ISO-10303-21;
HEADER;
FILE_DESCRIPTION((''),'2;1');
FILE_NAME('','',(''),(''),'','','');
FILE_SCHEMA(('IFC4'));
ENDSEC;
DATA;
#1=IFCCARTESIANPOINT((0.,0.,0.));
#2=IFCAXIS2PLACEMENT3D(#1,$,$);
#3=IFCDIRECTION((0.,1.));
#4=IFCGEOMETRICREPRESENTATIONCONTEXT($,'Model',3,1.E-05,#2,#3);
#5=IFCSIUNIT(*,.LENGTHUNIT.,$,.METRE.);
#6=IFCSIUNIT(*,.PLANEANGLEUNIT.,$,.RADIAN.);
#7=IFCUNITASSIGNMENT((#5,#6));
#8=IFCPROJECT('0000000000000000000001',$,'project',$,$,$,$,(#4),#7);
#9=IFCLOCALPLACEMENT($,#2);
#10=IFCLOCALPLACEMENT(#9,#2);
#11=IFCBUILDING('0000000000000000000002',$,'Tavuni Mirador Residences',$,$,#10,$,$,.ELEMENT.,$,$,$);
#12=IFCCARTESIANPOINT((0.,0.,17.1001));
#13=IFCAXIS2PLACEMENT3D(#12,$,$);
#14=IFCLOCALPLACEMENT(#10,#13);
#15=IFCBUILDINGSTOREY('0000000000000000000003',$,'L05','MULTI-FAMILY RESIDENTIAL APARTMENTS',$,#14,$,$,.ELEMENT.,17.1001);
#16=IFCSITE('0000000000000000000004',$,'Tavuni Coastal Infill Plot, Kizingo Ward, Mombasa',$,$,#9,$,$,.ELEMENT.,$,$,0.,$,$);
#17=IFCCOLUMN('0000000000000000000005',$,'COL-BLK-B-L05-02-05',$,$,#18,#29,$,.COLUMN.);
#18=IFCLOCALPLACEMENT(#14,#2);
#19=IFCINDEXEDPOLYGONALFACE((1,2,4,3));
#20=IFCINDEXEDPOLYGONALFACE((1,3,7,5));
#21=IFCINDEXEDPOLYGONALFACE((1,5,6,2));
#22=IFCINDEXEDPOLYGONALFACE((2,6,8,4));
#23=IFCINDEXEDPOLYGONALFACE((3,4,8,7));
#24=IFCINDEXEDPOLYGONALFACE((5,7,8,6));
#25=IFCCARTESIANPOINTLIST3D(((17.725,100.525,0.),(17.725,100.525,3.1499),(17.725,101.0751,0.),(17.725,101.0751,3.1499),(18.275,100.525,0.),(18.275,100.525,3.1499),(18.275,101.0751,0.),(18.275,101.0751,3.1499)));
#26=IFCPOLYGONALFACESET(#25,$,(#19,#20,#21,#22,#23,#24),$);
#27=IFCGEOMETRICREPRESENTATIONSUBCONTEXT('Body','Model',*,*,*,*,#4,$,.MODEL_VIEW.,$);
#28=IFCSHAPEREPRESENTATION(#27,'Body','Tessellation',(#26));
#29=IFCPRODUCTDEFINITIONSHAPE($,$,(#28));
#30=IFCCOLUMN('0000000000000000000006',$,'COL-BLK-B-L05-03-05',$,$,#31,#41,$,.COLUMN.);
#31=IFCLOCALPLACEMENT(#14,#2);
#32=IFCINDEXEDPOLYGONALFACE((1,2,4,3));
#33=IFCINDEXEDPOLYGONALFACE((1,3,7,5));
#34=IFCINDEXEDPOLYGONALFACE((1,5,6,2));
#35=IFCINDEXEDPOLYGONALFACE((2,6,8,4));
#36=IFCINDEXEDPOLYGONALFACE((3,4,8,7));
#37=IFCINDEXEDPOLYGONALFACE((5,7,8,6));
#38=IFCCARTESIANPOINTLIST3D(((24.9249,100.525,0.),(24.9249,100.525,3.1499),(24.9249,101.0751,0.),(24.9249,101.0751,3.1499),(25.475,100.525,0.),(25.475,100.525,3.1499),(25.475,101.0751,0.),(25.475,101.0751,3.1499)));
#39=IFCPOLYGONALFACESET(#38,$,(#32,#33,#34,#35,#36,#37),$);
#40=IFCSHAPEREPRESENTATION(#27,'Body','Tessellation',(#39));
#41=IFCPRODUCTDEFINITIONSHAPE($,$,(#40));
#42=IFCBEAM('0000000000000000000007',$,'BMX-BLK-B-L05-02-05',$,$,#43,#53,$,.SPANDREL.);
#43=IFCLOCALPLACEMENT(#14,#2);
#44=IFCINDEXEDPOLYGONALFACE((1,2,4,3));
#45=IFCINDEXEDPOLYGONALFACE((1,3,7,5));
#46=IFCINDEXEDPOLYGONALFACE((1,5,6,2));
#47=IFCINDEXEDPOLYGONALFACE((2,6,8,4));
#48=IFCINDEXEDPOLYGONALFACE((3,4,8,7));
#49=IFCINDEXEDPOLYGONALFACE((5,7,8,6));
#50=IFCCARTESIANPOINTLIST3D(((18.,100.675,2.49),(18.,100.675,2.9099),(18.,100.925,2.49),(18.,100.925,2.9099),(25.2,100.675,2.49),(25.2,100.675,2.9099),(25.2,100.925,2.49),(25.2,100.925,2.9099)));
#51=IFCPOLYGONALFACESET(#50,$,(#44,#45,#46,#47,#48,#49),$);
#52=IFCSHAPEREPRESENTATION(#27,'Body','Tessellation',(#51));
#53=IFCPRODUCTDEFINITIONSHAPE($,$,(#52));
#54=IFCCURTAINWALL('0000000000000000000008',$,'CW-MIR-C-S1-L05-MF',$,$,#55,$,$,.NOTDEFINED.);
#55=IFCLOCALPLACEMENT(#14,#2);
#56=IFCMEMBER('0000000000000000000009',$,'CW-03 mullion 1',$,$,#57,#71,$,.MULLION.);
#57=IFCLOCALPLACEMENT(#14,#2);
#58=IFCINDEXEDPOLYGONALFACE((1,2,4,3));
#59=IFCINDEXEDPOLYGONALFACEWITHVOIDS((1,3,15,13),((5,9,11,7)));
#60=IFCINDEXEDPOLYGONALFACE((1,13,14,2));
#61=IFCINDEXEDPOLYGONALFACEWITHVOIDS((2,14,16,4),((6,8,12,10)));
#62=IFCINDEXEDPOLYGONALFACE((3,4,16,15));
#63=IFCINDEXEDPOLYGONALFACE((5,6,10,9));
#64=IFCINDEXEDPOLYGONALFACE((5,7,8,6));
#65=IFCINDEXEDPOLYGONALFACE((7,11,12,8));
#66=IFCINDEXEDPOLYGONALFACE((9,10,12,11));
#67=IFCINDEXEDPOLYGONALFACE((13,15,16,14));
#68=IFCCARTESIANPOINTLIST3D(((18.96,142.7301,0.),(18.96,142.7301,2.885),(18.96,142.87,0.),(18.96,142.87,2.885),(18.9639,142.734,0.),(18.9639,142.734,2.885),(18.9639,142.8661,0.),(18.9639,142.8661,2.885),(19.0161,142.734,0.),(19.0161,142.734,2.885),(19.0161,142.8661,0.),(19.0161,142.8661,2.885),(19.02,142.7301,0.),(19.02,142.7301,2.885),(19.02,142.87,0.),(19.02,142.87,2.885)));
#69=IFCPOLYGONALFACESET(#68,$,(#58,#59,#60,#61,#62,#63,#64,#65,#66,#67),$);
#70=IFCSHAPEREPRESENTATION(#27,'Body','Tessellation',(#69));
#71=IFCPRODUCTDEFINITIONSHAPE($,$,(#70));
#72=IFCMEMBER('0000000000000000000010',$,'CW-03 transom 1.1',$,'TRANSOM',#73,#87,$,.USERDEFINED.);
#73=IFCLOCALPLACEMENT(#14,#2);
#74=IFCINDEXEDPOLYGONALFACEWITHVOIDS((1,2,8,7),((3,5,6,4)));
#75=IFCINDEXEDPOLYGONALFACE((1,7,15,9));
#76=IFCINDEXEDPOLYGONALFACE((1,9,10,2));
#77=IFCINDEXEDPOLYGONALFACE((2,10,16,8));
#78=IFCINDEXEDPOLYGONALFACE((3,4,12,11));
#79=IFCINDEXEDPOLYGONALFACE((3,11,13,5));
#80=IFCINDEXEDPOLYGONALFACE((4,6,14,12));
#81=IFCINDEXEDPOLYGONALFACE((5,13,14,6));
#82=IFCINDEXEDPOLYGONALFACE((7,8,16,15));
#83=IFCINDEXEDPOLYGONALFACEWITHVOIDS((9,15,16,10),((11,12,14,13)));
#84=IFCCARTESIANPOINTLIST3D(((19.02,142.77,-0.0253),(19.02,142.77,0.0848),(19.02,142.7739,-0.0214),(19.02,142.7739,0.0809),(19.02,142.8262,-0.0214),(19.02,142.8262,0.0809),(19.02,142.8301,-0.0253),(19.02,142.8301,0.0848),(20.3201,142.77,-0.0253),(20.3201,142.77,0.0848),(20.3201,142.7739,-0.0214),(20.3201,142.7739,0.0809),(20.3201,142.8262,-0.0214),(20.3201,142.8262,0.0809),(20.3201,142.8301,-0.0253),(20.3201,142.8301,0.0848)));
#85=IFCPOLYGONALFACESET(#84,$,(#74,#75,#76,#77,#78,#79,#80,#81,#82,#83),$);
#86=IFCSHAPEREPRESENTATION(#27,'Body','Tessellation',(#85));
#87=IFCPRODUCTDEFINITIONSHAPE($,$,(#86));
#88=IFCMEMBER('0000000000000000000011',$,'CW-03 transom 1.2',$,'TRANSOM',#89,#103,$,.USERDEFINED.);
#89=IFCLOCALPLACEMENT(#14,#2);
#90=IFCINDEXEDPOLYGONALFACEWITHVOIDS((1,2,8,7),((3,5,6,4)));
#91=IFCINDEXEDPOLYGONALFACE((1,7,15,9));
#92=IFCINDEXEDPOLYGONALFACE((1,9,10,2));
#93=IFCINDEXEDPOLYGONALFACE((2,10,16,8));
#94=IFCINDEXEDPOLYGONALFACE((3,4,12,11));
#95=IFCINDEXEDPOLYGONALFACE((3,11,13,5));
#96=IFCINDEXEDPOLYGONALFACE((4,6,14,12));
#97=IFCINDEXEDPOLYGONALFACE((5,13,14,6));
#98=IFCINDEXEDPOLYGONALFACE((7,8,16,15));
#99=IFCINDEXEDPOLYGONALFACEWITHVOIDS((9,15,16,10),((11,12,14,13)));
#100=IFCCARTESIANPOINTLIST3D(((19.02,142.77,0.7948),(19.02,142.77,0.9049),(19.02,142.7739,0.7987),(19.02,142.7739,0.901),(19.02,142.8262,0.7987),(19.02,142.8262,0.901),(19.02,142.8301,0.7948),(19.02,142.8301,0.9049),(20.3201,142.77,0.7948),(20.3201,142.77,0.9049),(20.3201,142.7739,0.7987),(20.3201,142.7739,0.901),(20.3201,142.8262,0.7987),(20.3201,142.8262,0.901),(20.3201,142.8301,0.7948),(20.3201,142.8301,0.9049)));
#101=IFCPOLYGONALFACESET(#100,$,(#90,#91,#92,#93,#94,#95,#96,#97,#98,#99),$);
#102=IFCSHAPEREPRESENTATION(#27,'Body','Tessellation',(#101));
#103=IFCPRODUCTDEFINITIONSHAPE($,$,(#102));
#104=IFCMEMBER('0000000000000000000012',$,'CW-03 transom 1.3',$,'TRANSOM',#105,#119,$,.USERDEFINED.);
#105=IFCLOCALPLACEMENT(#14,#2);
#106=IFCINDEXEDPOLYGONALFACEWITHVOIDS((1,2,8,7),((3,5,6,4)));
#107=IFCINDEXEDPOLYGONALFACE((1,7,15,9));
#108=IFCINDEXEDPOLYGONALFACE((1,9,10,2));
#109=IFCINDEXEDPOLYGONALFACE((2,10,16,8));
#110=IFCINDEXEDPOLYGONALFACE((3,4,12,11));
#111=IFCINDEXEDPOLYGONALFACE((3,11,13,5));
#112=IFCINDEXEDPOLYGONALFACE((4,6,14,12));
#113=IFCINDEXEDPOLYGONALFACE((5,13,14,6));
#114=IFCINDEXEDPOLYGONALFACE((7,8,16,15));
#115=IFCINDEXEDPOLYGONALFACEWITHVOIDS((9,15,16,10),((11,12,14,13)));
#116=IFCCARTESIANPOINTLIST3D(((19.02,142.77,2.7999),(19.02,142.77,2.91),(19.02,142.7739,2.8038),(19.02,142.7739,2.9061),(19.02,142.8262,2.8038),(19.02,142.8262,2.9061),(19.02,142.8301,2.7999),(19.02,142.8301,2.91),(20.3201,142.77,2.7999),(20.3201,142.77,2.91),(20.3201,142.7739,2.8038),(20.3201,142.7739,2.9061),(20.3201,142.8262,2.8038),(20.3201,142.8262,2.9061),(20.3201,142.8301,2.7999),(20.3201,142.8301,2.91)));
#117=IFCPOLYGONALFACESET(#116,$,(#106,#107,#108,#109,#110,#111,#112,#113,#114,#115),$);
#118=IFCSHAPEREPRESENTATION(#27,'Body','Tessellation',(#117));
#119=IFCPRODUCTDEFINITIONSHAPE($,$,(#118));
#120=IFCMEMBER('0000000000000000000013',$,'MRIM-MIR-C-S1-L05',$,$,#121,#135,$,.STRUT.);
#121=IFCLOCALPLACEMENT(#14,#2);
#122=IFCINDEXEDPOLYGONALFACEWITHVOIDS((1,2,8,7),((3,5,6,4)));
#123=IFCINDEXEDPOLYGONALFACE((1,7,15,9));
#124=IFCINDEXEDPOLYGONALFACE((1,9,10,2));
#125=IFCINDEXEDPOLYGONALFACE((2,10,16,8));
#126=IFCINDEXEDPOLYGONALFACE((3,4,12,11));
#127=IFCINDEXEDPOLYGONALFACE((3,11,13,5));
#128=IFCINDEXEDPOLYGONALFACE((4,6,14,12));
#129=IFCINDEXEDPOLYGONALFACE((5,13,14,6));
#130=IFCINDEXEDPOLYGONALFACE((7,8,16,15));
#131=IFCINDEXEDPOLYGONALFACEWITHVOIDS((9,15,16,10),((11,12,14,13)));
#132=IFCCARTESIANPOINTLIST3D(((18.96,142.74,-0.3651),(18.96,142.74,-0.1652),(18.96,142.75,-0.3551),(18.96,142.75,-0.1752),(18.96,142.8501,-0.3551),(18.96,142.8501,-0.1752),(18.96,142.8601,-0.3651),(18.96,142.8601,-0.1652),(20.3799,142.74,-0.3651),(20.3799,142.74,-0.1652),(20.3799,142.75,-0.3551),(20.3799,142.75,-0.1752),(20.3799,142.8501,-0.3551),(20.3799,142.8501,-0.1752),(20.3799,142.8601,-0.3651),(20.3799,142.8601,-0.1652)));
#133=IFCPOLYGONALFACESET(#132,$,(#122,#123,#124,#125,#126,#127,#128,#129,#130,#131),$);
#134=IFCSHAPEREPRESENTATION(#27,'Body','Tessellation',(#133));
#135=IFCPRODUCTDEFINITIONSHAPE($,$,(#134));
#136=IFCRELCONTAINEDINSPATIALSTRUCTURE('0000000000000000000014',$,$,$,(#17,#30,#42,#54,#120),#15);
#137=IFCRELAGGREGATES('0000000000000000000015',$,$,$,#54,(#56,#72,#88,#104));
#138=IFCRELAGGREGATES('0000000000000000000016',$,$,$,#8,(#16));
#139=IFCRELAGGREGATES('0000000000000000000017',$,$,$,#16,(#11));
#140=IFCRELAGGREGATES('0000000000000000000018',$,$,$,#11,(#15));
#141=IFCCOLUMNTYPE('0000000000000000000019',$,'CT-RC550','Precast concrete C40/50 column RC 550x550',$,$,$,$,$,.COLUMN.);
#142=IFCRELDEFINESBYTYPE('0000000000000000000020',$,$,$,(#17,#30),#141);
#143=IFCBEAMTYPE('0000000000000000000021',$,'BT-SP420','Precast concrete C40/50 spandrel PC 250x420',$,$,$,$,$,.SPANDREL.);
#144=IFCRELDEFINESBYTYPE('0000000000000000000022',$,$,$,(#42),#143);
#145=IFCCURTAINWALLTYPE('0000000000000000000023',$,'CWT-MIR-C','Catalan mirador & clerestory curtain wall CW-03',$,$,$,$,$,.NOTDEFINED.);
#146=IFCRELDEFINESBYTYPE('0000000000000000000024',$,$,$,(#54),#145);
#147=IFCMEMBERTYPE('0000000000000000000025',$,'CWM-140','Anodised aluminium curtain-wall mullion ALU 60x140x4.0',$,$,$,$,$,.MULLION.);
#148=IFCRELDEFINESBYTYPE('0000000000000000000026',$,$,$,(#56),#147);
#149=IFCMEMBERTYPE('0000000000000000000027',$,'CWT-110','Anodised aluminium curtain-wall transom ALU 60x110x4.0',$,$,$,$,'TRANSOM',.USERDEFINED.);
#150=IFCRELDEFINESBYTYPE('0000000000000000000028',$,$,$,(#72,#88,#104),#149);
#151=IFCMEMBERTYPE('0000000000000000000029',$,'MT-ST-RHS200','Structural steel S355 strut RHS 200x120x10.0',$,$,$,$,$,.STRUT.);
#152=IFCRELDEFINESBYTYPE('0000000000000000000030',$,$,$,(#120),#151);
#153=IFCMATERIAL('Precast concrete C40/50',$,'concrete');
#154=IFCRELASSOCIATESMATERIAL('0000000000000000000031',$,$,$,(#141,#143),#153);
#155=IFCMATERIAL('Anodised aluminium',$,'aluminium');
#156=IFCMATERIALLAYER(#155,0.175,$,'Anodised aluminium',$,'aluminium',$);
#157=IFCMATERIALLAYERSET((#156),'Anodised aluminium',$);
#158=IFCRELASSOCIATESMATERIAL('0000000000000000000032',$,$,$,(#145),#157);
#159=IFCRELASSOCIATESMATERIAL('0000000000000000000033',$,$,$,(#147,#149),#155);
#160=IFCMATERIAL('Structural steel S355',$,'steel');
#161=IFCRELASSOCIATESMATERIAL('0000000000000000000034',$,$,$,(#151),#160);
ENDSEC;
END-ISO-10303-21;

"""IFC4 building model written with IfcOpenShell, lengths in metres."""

from ifc_helpers import new_model, si_unit, direction, frame, origin, origin_2d, place, context, subcontext, project, spatial, rectangle, hollow_rectangle, extrude, material, layer, layer_set, material_profile, profile_set, type_object, element, aggregate, save


model = new_model("IFC4")

# Units and contexts
model_context = context("Model", 3, precision=1e-05, world=origin(), true_north=direction((0.0, 1.0)))
body_context = subcontext(model_context, "Body", "Model", "MODEL_VIEW")
ifc_project = project(units=[si_unit("LENGTHUNIT", "METRE"), si_unit("PLANEANGLEUNIT", "RADIAN")], contexts=[model_context])

# Site, building, storey
site_placement = place(None, origin())
site = spatial("IfcSite", under=ifc_project, at=site_placement, Name="Tavuni Coastal Infill Plot, Kizingo Ward, Mombasa", CompositionType="ELEMENT", RefElevation=0.0)
building_placement = place(site_placement, origin())
building = spatial("IfcBuilding", under=site, at=building_placement, Name="Tavuni Mirador Residences", CompositionType="ELEMENT")
storey_placement = place(building_placement, frame((0.0, 0.0, 17.1001)))
storey = spatial("IfcBuildingStorey", under=building, at=storey_placement, Name="L05", Description="MULTI-FAMILY RESIDENTIAL APARTMENTS", CompositionType="ELEMENT", Elevation=17.1001)

# Columns
ifc_material_1 = material(Name="Precast concrete C40/50", Category="concrete")
ifc_material_profile_1 = material_profile(ifc_material_1, rectangle(XDim=0.55, YDim=0.55, at=origin_2d()), Name="RC 550x550", Category="concrete")
ifc_profile_set_1 = profile_set([ifc_material_profile_1], Name="Precast concrete C40/50")
column_type = type_object("IfcColumnType", Name="CT-RC550", Description="Precast concrete C40/50 column RC 550x550", PredefinedType="COLUMN", material=ifc_profile_set_1)
for number, where, z_axis, x_axis, name in (
    (1, (18.0, 100.8, 0.0), (0.0, 0.0, 1.0), (1.0, 0.0, 0.0), "COL-BLK-B-L05-02-05"),
    (2, (25.2, 100.8, 0.0), (0.0, 0.0, 1.0), (1.0, 0.0, 0.0), "COL-BLK-B-L05-03-05"),
):
    element("IfcColumn", number, at=place(storey_placement, frame(where, z_axis=z_axis, x_axis=x_axis)), inside=storey, type_object=column_type, Name=name, PredefinedType="COLUMN", context=body_context, shape_type="SweptSolid", body=[
        extrude(rectangle(XDim=0.55, YDim=0.55, at=origin_2d()), origin(), (0.0, 0.0, 1.0), 3.1499),
    ])

# Beam
ifc_material_profile_2 = material_profile(ifc_material_1, rectangle(XDim=0.25, YDim=0.4199, at=origin_2d()), Name="PC 250x420", Category="concrete")
ifc_profile_set_2 = profile_set([ifc_material_profile_2], Name="Precast concrete C40/50")
beam_type = type_object("IfcBeamType", Name="BT-SP420", Description="Precast concrete C40/50 spandrel PC 250x420", PredefinedType="SPANDREL", material=ifc_profile_set_2)
beam_placement = place(storey_placement, frame((18.0, 100.8, 2.7), z_axis=(1.0, 0.0, 0.0), x_axis=(0.0, 1.0, 0.0)))
element("IfcBeam", 3, at=beam_placement, inside=storey, type_object=beam_type, Name="BMX-BLK-B-L05-02-05", PredefinedType="SPANDREL", context=body_context, shape_type="SweptSolid", body=[
    extrude(rectangle(XDim=0.25, YDim=0.4199, at=origin_2d()), origin(), (0.0, 0.0, 1.0), 7.2),
])

# Curtain wall, members
ifc_material_2 = material(Name="Anodised aluminium", Category="aluminium")
ifc_layer_1 = layer(ifc_material_2, 0.175, Name="Anodised aluminium", Category="aluminium")
ifc_layer_set_1 = layer_set([ifc_layer_1], Name="Anodised aluminium")
curtain_wall_type = type_object("IfcCurtainWallType", Name="CWT-MIR-C", Description="Catalan mirador & clerestory curtain wall CW-03", PredefinedType="NOTDEFINED", material=ifc_layer_set_1)
curtain_wall_placement = place(storey_placement, origin())
curtain_wall = element("IfcCurtainWall", 4, at=curtain_wall_placement, inside=storey, type_object=curtain_wall_type, Name="CW-MIR-C-S1-L05-MF", PredefinedType="NOTDEFINED")
ifc_material_profile_3 = material_profile(ifc_material_2, hollow_rectangle(XDim=0.0601, YDim=0.1399, WallThickness=0.0039, at=origin_2d()), Name="ALU 60x140x4.0", Category="aluminium")
ifc_profile_set_3 = profile_set([ifc_material_profile_3], Name="Anodised aluminium")
member_type_1 = type_object("IfcMemberType", Name="CWM-140", Description="Anodised aluminium curtain-wall mullion ALU 60x140x4.0", PredefinedType="MULLION", material=ifc_profile_set_3)
member_1_placement = place(storey_placement, frame((18.99, 142.8, 0.0), z_axis=(0.0, 0.0, 1.0), x_axis=(1.0, 0.0, 0.0)))
member_1 = element("IfcMember", 5, at=member_1_placement, type_object=member_type_1, Name="CW-03 mullion 1", PredefinedType="MULLION", context=body_context, shape_type="SweptSolid", body=[
    extrude(hollow_rectangle(XDim=0.0601, YDim=0.1399, WallThickness=0.0039, at=origin_2d()), origin(), (0.0, 0.0, 1.0), 2.885),
])
ifc_material_profile_4 = material_profile(ifc_material_2, hollow_rectangle(XDim=0.0601, YDim=0.1101, WallThickness=0.0039, at=origin_2d()), Name="ALU 60x110x4.0", Category="aluminium")
ifc_profile_set_4 = profile_set([ifc_material_profile_4], Name="Anodised aluminium")
member_type_2 = type_object("IfcMemberType", Name="CWT-110", Description="Anodised aluminium curtain-wall transom ALU 60x110x4.0", ElementType="TRANSOM", PredefinedType="USERDEFINED", material=ifc_profile_set_4)
member_2_placement = place(storey_placement, frame((19.02, 142.8, 0.0298), z_axis=(1.0, 0.0, 0.0), x_axis=(0.0, 1.0, 0.0)))
member_2 = element("IfcMember", 6, at=member_2_placement, type_object=member_type_2, Name="CW-03 transom 1.1", ObjectType="TRANSOM", PredefinedType="USERDEFINED", context=body_context, shape_type="SweptSolid", body=[
    extrude(hollow_rectangle(XDim=0.0601, YDim=0.1101, WallThickness=0.0039, at=origin_2d()), origin(), (0.0, 0.0, 1.0), 1.3),
])
member_3_placement = place(storey_placement, frame((19.02, 142.8, 0.8499), z_axis=(1.0, 0.0, 0.0), x_axis=(0.0, 1.0, 0.0)))
member_3 = element("IfcMember", 7, at=member_3_placement, type_object=member_type_2, Name="CW-03 transom 1.2", ObjectType="TRANSOM", PredefinedType="USERDEFINED", context=body_context, shape_type="SweptSolid", body=[
    extrude(hollow_rectangle(XDim=0.0601, YDim=0.1101, WallThickness=0.0039, at=origin_2d()), origin(), (0.0, 0.0, 1.0), 1.3),
])
member_4_placement = place(storey_placement, frame((19.02, 142.8, 2.855), z_axis=(1.0, 0.0, 0.0), x_axis=(0.0, 1.0, 0.0)))
member_4 = element("IfcMember", 8, at=member_4_placement, type_object=member_type_2, Name="CW-03 transom 1.3", ObjectType="TRANSOM", PredefinedType="USERDEFINED", context=body_context, shape_type="SweptSolid", body=[
    extrude(hollow_rectangle(XDim=0.0601, YDim=0.1101, WallThickness=0.0039, at=origin_2d()), origin(), (0.0, 0.0, 1.0), 1.3),
])
aggregate(curtain_wall, [member_1, member_2, member_3, member_4])

# Member
ifc_material_3 = material(Name="Structural steel S355", Category="steel")
ifc_material_profile_5 = material_profile(ifc_material_3, hollow_rectangle(XDim=0.1201, YDim=0.2, WallThickness=0.01, at=origin_2d()), Name="RHS 200x120x10.0", Category="steel")
ifc_profile_set_5 = profile_set([ifc_material_profile_5], Name="Structural steel S355")
member_type_3 = type_object("IfcMemberType", Name="MT-ST-RHS200", Description="Structural steel S355 strut RHS 200x120x10.0", PredefinedType="STRUT", material=ifc_profile_set_5)
member_5_placement = place(storey_placement, frame((18.96, 142.8, -0.2651), z_axis=(1.0, 0.0, 0.0), x_axis=(0.0, 1.0, 0.0)))
element("IfcMember", 9, at=member_5_placement, inside=storey, type_object=member_type_3, Name="MRIM-MIR-C-S1-L05", PredefinedType="STRUT", context=body_context, shape_type="SweptSolid", body=[
    extrude(hollow_rectangle(XDim=0.1201, YDim=0.2, WallThickness=0.01, at=origin_2d()), origin(), (0.0, 0.0, 1.0), 1.4199),
])

save(model, "model.ifc")
